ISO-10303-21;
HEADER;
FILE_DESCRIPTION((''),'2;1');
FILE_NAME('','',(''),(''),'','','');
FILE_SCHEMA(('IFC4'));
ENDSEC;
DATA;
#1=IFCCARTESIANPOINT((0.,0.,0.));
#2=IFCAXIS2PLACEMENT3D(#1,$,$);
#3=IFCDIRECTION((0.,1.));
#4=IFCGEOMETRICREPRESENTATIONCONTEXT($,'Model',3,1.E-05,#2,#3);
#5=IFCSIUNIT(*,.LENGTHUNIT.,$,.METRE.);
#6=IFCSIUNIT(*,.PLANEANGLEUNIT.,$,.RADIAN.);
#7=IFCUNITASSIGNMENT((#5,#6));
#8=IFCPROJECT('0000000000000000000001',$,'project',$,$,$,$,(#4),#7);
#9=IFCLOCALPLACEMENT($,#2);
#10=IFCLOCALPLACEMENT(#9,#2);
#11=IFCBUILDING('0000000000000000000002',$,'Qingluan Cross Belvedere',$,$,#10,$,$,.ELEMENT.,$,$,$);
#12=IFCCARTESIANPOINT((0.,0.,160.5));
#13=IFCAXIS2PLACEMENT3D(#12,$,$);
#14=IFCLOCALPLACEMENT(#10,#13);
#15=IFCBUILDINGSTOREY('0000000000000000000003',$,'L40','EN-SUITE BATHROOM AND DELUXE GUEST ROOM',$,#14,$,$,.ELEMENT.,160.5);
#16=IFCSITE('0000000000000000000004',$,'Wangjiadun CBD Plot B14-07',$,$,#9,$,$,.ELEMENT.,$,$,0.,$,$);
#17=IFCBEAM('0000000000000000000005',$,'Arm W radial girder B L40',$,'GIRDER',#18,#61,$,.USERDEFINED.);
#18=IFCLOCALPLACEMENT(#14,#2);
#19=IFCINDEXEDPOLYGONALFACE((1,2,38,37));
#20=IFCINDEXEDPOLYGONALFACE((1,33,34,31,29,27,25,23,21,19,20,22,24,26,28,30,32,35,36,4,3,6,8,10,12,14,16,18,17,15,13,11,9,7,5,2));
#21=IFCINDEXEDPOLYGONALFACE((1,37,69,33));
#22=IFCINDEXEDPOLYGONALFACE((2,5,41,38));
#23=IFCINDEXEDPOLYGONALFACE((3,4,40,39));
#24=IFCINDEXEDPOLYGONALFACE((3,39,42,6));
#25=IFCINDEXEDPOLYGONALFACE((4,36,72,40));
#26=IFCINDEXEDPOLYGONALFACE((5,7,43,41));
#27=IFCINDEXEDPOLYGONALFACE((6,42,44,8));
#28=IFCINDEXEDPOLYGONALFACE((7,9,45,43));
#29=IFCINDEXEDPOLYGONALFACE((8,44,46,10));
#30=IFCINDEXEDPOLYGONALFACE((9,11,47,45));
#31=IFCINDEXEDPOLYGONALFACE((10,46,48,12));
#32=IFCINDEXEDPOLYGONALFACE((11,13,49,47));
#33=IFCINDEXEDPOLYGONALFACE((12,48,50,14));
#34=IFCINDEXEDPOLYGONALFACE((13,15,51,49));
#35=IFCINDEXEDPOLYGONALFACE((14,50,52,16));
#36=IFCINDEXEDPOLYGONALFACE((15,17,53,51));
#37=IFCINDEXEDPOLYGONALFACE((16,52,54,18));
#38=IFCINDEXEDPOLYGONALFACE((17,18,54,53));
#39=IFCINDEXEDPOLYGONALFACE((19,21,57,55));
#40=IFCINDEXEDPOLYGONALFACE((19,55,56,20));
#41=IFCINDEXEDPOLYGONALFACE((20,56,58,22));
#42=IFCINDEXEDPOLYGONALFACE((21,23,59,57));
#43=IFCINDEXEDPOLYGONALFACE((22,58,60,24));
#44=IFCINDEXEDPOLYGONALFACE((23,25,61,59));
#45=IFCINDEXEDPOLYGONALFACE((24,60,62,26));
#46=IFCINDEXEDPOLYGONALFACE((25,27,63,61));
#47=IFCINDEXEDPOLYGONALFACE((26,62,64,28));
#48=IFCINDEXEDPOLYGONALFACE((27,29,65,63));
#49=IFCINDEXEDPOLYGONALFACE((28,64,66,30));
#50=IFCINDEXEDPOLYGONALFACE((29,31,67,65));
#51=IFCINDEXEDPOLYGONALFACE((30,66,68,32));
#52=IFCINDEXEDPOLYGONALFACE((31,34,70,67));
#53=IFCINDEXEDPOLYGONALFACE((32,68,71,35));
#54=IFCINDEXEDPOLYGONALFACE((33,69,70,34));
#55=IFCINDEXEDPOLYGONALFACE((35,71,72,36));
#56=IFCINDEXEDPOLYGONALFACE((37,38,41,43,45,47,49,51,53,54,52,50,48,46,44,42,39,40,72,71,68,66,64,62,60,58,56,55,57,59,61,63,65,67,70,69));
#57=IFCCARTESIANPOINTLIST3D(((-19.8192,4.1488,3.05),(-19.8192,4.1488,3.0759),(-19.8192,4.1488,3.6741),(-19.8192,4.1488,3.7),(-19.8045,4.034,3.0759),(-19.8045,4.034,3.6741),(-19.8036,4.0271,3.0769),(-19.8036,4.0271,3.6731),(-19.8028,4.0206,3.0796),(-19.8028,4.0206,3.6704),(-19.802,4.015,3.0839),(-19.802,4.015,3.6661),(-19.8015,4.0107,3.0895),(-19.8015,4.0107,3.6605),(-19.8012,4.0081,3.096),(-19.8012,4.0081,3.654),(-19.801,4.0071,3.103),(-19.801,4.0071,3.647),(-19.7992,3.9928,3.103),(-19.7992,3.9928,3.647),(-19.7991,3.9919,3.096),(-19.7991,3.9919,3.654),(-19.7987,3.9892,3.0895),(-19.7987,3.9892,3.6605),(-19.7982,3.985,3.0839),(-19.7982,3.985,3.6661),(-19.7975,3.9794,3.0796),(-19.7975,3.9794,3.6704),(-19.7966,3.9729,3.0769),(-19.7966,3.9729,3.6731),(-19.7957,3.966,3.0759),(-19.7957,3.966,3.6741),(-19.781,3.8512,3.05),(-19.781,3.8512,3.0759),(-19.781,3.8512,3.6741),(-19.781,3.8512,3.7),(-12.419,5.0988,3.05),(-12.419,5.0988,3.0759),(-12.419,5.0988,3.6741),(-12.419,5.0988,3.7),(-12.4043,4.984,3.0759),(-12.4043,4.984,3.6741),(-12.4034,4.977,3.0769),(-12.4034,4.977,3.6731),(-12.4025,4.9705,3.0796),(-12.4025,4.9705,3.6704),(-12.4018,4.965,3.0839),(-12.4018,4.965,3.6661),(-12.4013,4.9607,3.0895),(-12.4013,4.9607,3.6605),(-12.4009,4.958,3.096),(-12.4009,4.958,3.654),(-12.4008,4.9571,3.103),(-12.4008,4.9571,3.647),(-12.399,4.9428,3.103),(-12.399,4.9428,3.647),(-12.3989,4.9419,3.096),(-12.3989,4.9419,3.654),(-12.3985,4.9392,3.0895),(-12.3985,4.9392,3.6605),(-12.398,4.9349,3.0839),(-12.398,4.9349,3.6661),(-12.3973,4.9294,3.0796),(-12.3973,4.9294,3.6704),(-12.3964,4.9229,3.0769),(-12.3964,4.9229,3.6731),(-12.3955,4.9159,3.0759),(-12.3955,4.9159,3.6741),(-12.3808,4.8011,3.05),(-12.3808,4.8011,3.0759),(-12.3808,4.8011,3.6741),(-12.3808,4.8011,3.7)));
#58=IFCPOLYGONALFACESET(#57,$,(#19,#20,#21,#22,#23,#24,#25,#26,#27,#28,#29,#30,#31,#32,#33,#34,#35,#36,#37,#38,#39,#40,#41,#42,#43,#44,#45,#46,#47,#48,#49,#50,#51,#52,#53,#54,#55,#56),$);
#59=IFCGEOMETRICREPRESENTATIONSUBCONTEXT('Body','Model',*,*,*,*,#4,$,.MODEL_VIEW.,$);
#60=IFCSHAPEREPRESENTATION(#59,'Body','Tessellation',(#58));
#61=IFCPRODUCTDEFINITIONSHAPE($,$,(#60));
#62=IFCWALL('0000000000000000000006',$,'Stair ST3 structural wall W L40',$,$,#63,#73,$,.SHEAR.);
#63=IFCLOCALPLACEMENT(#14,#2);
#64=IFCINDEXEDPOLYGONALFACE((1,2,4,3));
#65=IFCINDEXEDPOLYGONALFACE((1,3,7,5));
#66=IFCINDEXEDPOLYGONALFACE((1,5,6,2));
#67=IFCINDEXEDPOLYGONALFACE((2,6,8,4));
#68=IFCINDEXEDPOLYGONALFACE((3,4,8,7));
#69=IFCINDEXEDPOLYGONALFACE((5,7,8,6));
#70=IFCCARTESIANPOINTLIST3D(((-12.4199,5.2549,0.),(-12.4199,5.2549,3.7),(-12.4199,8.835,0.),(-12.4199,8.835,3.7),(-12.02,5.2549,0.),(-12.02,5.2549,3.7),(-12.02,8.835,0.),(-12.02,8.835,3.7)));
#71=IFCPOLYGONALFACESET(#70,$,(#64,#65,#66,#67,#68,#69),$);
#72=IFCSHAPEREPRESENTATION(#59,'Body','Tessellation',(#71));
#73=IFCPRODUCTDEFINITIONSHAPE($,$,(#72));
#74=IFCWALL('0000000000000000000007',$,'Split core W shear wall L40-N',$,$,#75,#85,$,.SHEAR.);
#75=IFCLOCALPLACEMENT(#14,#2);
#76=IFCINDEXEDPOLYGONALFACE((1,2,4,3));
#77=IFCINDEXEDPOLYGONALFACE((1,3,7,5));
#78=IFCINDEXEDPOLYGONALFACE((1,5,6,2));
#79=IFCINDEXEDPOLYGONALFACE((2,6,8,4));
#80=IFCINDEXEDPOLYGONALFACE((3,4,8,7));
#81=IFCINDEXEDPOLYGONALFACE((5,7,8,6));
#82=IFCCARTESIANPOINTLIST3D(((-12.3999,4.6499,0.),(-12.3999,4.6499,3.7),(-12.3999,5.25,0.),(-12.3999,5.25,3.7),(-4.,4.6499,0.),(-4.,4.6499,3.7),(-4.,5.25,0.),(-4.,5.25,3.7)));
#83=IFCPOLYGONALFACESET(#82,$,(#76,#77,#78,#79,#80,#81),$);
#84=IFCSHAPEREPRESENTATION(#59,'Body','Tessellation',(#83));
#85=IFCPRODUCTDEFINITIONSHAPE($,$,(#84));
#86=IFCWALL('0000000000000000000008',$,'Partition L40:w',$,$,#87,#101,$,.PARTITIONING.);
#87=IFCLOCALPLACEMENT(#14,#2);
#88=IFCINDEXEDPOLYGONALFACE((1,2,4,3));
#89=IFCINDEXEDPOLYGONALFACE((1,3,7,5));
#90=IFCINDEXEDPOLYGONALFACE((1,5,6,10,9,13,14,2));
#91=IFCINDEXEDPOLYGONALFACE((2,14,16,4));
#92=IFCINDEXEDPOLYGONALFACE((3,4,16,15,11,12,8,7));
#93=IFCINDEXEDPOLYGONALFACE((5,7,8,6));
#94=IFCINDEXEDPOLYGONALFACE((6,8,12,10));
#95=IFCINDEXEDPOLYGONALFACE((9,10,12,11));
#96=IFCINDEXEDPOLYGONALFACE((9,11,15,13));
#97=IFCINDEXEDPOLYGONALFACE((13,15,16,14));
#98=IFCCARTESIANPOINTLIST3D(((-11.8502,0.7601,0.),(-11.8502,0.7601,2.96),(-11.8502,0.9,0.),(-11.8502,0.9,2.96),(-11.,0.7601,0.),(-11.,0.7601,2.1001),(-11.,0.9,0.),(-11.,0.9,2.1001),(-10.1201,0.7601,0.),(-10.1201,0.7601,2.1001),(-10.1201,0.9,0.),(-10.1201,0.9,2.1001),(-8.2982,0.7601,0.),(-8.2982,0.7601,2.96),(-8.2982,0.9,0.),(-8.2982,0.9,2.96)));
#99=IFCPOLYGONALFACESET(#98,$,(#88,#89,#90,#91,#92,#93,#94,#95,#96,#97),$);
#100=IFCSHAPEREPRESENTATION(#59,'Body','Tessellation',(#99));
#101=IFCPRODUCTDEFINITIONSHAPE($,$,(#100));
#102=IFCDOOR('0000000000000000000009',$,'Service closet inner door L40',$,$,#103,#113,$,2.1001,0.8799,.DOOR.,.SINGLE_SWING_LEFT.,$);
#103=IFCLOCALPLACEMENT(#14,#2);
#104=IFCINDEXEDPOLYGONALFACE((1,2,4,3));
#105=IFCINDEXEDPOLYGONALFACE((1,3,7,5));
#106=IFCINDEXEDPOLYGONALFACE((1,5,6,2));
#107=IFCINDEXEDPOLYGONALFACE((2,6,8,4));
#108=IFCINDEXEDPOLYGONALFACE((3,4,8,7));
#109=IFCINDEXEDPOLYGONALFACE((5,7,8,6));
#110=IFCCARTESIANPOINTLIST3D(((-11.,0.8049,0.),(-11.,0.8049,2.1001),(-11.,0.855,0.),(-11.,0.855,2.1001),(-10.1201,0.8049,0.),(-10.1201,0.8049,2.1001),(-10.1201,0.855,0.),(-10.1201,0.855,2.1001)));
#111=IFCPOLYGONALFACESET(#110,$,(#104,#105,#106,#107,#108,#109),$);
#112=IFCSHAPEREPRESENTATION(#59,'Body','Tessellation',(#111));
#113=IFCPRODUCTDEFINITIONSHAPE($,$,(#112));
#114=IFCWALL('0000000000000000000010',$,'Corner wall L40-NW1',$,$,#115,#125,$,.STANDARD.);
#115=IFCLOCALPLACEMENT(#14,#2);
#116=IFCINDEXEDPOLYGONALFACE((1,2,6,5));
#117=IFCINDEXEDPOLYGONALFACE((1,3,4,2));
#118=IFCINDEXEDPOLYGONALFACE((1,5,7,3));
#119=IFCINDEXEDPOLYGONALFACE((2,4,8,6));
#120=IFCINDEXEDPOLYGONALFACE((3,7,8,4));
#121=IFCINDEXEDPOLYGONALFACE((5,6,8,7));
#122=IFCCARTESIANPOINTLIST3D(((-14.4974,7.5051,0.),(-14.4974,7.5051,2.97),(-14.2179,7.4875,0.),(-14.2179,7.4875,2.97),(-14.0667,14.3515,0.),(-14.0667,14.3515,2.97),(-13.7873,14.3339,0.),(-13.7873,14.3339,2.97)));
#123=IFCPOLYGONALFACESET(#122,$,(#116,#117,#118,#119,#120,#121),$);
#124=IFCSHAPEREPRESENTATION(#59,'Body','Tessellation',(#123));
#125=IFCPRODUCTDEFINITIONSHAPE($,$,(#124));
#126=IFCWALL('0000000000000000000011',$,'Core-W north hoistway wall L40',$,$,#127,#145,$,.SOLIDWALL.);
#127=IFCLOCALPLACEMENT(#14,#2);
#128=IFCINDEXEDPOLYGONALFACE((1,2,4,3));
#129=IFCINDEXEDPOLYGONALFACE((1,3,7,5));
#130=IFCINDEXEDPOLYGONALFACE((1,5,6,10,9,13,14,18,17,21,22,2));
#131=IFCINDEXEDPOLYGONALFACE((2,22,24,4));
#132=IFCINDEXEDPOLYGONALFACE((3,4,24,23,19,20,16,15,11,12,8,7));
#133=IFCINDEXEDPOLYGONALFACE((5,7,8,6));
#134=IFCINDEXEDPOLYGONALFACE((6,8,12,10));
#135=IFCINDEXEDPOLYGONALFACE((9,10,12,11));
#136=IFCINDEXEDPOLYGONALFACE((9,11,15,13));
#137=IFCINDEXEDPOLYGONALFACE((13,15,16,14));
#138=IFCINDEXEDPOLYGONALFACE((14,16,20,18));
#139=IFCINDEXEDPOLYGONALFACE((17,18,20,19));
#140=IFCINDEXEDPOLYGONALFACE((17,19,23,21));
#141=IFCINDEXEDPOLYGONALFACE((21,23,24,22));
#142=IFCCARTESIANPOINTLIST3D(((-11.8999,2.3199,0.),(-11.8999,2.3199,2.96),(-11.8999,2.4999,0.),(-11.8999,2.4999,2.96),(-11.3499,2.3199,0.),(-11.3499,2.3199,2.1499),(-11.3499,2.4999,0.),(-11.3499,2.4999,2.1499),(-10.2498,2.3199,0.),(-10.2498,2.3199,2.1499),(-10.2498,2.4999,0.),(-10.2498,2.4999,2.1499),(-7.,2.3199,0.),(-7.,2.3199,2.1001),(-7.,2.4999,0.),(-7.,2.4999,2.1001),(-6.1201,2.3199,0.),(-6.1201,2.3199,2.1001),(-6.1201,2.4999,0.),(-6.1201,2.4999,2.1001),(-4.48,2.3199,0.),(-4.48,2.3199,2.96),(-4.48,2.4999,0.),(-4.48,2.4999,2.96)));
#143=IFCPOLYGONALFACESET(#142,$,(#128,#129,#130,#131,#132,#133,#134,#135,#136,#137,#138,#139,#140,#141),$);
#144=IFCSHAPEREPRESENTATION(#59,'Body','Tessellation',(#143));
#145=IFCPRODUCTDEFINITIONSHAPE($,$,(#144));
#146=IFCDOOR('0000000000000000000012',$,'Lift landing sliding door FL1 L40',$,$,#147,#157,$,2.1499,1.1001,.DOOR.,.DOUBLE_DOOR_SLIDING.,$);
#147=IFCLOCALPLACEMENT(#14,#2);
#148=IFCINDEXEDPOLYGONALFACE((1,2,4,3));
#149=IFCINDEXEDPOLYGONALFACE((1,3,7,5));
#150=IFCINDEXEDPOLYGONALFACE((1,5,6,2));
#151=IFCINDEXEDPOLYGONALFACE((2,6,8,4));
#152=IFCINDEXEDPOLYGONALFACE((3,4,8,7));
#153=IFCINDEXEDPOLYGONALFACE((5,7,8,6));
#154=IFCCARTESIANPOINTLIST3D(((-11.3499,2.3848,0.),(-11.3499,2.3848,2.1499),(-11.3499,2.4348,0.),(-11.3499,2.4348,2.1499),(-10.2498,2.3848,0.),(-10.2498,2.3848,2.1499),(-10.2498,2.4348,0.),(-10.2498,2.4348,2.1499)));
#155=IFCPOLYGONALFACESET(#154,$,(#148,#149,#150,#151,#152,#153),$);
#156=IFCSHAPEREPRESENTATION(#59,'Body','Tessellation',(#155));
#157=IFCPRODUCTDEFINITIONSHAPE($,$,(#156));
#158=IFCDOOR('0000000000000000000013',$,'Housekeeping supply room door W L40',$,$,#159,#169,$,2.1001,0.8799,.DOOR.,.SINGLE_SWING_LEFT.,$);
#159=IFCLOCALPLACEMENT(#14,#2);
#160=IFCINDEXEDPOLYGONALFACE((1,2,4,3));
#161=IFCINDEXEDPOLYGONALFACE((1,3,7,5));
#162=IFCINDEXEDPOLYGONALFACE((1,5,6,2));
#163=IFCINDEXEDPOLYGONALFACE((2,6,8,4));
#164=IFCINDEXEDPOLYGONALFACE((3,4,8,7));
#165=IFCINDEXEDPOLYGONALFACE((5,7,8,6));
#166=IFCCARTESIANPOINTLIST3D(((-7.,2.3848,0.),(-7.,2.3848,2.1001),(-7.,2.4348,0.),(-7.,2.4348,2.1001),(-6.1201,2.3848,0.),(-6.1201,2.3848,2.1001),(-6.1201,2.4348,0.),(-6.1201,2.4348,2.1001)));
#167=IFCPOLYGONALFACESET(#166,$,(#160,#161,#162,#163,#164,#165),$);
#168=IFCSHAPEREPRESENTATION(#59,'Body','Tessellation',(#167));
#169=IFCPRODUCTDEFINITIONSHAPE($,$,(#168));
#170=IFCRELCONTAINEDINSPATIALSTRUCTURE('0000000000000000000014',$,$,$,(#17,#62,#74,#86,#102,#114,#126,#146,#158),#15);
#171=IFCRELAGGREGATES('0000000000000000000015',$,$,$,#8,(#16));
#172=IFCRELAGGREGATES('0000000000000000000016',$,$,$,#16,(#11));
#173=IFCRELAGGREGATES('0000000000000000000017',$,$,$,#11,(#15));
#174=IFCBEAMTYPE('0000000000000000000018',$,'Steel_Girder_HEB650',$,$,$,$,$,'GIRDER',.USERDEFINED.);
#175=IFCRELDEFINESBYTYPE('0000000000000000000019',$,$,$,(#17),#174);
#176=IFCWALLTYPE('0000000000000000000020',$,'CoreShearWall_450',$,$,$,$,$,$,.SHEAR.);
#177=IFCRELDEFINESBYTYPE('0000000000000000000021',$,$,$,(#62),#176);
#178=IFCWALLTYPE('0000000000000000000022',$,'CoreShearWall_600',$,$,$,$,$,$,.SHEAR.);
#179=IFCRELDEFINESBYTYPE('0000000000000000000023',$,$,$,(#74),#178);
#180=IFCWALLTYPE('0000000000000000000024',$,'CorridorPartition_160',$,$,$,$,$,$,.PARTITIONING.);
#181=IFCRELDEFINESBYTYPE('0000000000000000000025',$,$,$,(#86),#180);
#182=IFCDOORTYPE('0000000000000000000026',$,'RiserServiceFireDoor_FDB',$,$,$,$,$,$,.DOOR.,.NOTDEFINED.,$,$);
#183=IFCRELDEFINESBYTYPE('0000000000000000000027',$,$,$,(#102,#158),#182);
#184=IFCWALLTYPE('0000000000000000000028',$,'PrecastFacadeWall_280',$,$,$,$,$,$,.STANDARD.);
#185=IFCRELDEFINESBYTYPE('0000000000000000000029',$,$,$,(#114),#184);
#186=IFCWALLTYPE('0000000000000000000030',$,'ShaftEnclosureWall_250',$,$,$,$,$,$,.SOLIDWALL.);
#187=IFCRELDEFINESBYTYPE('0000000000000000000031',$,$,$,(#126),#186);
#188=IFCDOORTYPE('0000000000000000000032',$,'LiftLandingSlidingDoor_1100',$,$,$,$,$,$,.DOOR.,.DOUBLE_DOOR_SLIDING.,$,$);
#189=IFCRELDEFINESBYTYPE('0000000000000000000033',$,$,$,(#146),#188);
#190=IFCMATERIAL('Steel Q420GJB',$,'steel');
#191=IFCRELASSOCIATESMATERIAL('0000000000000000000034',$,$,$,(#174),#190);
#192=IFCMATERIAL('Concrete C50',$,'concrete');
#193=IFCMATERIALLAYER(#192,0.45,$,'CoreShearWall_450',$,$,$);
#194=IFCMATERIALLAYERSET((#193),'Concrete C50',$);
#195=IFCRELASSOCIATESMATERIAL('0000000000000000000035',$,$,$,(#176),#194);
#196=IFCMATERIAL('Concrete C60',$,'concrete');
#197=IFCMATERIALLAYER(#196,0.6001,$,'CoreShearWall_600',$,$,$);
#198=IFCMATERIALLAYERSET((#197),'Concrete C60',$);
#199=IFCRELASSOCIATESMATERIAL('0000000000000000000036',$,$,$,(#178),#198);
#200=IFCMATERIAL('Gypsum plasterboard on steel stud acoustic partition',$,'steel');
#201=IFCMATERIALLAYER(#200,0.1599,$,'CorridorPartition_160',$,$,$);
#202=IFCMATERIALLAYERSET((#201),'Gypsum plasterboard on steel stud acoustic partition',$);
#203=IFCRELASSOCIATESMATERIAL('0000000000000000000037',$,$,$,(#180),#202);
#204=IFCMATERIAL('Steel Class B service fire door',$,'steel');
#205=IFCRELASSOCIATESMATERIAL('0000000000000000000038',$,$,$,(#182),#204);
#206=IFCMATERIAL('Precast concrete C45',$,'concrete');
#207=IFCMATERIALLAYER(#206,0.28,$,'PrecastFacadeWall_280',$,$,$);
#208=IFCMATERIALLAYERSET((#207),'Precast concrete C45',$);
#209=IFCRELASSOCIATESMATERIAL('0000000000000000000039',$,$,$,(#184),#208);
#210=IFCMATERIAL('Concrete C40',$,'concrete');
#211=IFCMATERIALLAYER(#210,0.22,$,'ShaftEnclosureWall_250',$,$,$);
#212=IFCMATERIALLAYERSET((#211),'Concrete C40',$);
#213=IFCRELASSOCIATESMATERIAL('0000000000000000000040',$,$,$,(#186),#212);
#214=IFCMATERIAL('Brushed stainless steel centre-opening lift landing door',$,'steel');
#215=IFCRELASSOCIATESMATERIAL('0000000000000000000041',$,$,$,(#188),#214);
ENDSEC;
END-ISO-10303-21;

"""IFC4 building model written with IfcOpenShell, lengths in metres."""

from ifc_helpers import new_model, si_unit, direction, frame, frame_2d, origin, origin_2d, place, context, subcontext, project, spatial, rectangle, i_section, extrude, material, layer, layer_set, material_profile, profile_set, type_object, element, fill, save


model = new_model("IFC4")

# Units and contexts
model_context = context("Model", 3, precision=1e-05, world=origin(), true_north=direction((0.0, 1.0)))
body_context = subcontext(model_context, "Body", "Model", "MODEL_VIEW")
ifc_project = project(units=[si_unit("LENGTHUNIT", "METRE"), si_unit("PLANEANGLEUNIT", "RADIAN")], contexts=[model_context])

# Site, building, storey
site_placement = place(None, origin())
site = spatial("IfcSite", under=ifc_project, at=site_placement, Name="Wangjiadun CBD Plot B14-07", CompositionType="ELEMENT", RefElevation=0.0)
building_placement = place(site_placement, origin())
building = spatial("IfcBuilding", under=site, at=building_placement, Name="Qingluan Cross Belvedere", CompositionType="ELEMENT")
storey_placement = place(building_placement, frame((0.0, 0.0, 160.5)))
storey = spatial("IfcBuildingStorey", under=building, at=storey_placement, Name="L40", Description="EN-SUITE BATHROOM AND DELUXE GUEST ROOM", CompositionType="ELEMENT", Elevation=160.5)

# Beam
ifc_material_1 = material(Name="Steel Q420GJB", Category="steel")
ifc_material_profile_1 = material_profile(ifc_material_1, i_section(OverallWidth=0.3, OverallDepth=0.6499, WebThickness=0.0144, FlangeThickness=0.0259, FilletRadius=0.0271, at=origin_2d()), Name="HEB650")
ifc_profile_set_1 = profile_set([ifc_material_profile_1], Name="Steel Q420GJB")
beam_type_1 = type_object("IfcBeamType", Name="Steel_Girder_HEB650", ElementType="GIRDER", PredefinedType="USERDEFINED", material=ifc_profile_set_1)
beam_1_placement = place(storey_placement, frame((-12.3999, 4.95, 3.375), z_axis=(-0.991861, -0.127324, 0.0), x_axis=(0.127324, -0.991861, 0.0)))
element("IfcBeam", 1, at=beam_1_placement, inside=storey, type_object=beam_type_1, Name="Arm W radial girder B L40", ObjectType="GIRDER", PredefinedType="USERDEFINED", context=body_context, shape_type="SweptSolid", body=[
    extrude(i_section(OverallWidth=0.3, OverallDepth=0.6499, WebThickness=0.0144, FlangeThickness=0.0259, FilletRadius=0.0271, at=origin_2d()), origin(), (0.0, 0.0, 1.0), 7.4609),
])

# Wall
ifc_material_2 = material(Name="Concrete C50", Category="concrete")
ifc_layer_1 = layer(ifc_material_2, 0.45, Name="CoreShearWall_450")
ifc_layer_set_1 = layer_set([ifc_layer_1], Name="Concrete C50")
wall_type_1 = type_object("IfcWallType", Name="CoreShearWall_450", PredefinedType="SHEAR", material=ifc_layer_set_1)
wall_1_placement = place(storey_placement, frame((-12.22, 5.2549, 0.0), z_axis=(0.0, 0.0, 1.0), x_axis=(0.0, 1.0, 0.0)))
element("IfcWall", 2, at=wall_1_placement, inside=storey, type_object=wall_type_1, Name="Stair ST3 structural wall W L40", PredefinedType="SHEAR", context=body_context, shape_type="SweptSolid", body=[
    extrude(rectangle(XDim=3.5801, YDim=0.3999, at=frame_2d((1.79, 0.0))), origin(), (0.0, 0.0, 1.0), 3.7),
])

# Wall
ifc_material_3 = material(Name="Concrete C60", Category="concrete")
ifc_layer_2 = layer(ifc_material_3, 0.6001, Name="CoreShearWall_600")
ifc_layer_set_2 = layer_set([ifc_layer_2], Name="Concrete C60")
wall_type_2 = type_object("IfcWallType", Name="CoreShearWall_600", PredefinedType="SHEAR", material=ifc_layer_set_2)
wall_2_placement = place(storey_placement, frame((-12.3999, 4.95, 0.0), z_axis=(0.0, 0.0, 1.0), x_axis=(1.0, 0.0, 0.0)))
element("IfcWall", 3, at=wall_2_placement, inside=storey, type_object=wall_type_2, Name="Split core W shear wall L40-N", PredefinedType="SHEAR", context=body_context, shape_type="SweptSolid", body=[
    extrude(rectangle(XDim=8.3999, YDim=0.6001, at=frame_2d((4.2, 0.0))), origin(), (0.0, 0.0, 1.0), 3.7),
])

# Wall, opening, door
ifc_material_4 = material(Name="Gypsum plasterboard on steel stud acoustic partition", Category="steel")
ifc_layer_3 = layer(ifc_material_4, 0.1599, Name="CorridorPartition_160")
ifc_layer_set_3 = layer_set([ifc_layer_3], Name="Gypsum plasterboard on steel stud acoustic partition")
wall_type_3 = type_object("IfcWallType", Name="CorridorPartition_160", PredefinedType="PARTITIONING", material=ifc_layer_set_3)
wall_3_placement = place(storey_placement, frame((-11.8501, 0.8301, 0.0), z_axis=(0.0, 0.0, 1.0), x_axis=(1.0, 0.0, 0.0)))
wall_3 = element("IfcWall", 4, at=wall_3_placement, inside=storey, type_object=wall_type_3, Name="Partition L40:w", PredefinedType="PARTITIONING", context=body_context, shape_type="SweptSolid", body=[
    extrude(rectangle(XDim=3.552, YDim=0.1399, at=frame_2d((1.7759, 0.0))), origin(), (0.0, 0.0, 1.0), 2.96),
])
opening_1_placement = place(wall_3_placement, frame((0.8501, 0.0, 0.0)))
opening_1 = element("IfcOpeningElement", 5, at=opening_1_placement, cuts=wall_3, PredefinedType="OPENING", context=body_context, shape_type="SweptSolid", body=[
    extrude(rectangle(XDim=0.8799, YDim=2.1001, at=frame_2d((0.4399, 1.05))), frame((0.0, 0.0798, 0.0), z_axis=(0.0, -1.0, 0.0), x_axis=(1.0, 0.0, 0.0)), (0.0, 0.0, 1.0), 0.1599),
])
ifc_material_5 = material(Name="Steel Class B service fire door", Category="steel")
door_type_1 = type_object("IfcDoorType", Name="RiserServiceFireDoor_FDB", OperationType="NOTDEFINED", PredefinedType="DOOR", material=ifc_material_5)
door_1_placement = place(opening_1_placement, origin())
door_1 = element("IfcDoor", 6, at=door_1_placement, inside=storey, type_object=door_type_1, Name="Service closet inner door L40", OperationType="SINGLE_SWING_LEFT", OverallHeight=2.1001, OverallWidth=0.8799, PredefinedType="DOOR", context=body_context, shape_type="SweptSolid", body=[
    extrude(rectangle(XDim=0.8799, YDim=2.1001, at=frame_2d((0.4399, 1.05))), frame((0.0, 0.0249, 0.0), z_axis=(0.0, -1.0, 0.0), x_axis=(1.0, 0.0, 0.0)), (0.0, 0.0, 1.0), 0.05),
])
fill(opening_1, door_1)

# Wall
ifc_material_6 = material(Name="Precast concrete C45", Category="concrete")
ifc_layer_4 = layer(ifc_material_6, 0.28, Name="PrecastFacadeWall_280")
ifc_layer_set_4 = layer_set([ifc_layer_4], Name="Precast concrete C45")
wall_type_4 = type_object("IfcWallType", Name="PrecastFacadeWall_280", PredefinedType="STANDARD", material=ifc_layer_set_4)
wall_4_placement = place(storey_placement, frame((-14.3577, 7.4963, 0.0), z_axis=(0.0, 0.0, 1.0), x_axis=(0.062779, 0.998027, 0.0)))
element("IfcWall", 7, at=wall_4_placement, inside=storey, type_object=wall_type_4, Name="Corner wall L40-NW1", PredefinedType="STANDARD", context=body_context, shape_type="SweptSolid", body=[
    extrude(rectangle(XDim=6.8599, YDim=0.28, at=frame_2d((3.4299, 0.0))), origin(), (0.0, 0.0, 1.0), 2.97),
])

# Wall, openings, doors
ifc_material_7 = material(Name="Concrete C40", Category="concrete")
ifc_layer_5 = layer(ifc_material_7, 0.22, Name="ShaftEnclosureWall_250")
ifc_layer_set_5 = layer_set([ifc_layer_5], Name="Concrete C40")
wall_type_5 = type_object("IfcWallType", Name="ShaftEnclosureWall_250", PredefinedType="SOLIDWALL", material=ifc_layer_set_5)
wall_5_placement = place(storey_placement, frame((-11.8999, 2.4099, 0.0), z_axis=(0.0, 0.0, 1.0), x_axis=(1.0, 0.0, 0.0)))
wall_5 = element("IfcWall", 8, at=wall_5_placement, inside=storey, type_object=wall_type_5, Name="Core-W north hoistway wall L40", PredefinedType="SOLIDWALL", context=body_context, shape_type="SweptSolid", body=[
    extrude(rectangle(XDim=7.4199, YDim=0.1799, at=frame_2d((3.71, 0.0))), origin(), (0.0, 0.0, 1.0), 2.96),
])
opening_2_placement = place(wall_5_placement, frame((0.55, 0.0, 0.0)))
opening_2 = element("IfcOpeningElement", 9, at=opening_2_placement, cuts=wall_5, PredefinedType="OPENING", context=body_context, shape_type="SweptSolid", body=[
    extrude(rectangle(XDim=1.1001, YDim=2.1499, at=frame_2d((0.55, 1.075))), frame((0.0, 0.0999, 0.0), z_axis=(0.0, -1.0, 0.0), x_axis=(1.0, 0.0, 0.0)), (0.0, 0.0, 1.0), 0.2),
])
opening_3_placement = place(wall_5_placement, frame((4.8999, 0.0, 0.0)))
opening_3 = element("IfcOpeningElement", 10, at=opening_3_placement, cuts=wall_5, PredefinedType="OPENING", context=body_context, shape_type="SweptSolid", body=[
    extrude(rectangle(XDim=0.8799, YDim=2.1001, at=frame_2d((0.4399, 1.05))), frame((0.0, 0.0999, 0.0), z_axis=(0.0, -1.0, 0.0), x_axis=(1.0, 0.0, 0.0)), (0.0, 0.0, 1.0), 0.2),
])
ifc_material_8 = material(Name="Brushed stainless steel centre-opening lift landing door", Category="steel")
door_type_2 = type_object("IfcDoorType", Name="LiftLandingSlidingDoor_1100", OperationType="DOUBLE_DOOR_SLIDING", PredefinedType="DOOR", material=ifc_material_8)
door_2_placement = place(opening_2_placement, origin())
door_2 = element("IfcDoor", 11, at=door_2_placement, inside=storey, type_object=door_type_2, Name="Lift landing sliding door FL1 L40", OperationType="DOUBLE_DOOR_SLIDING", OverallHeight=2.1499, OverallWidth=1.1001, PredefinedType="DOOR", context=body_context, shape_type="SweptSolid", body=[
    extrude(rectangle(XDim=1.1001, YDim=2.1499, at=frame_2d((0.55, 1.075))), frame((0.0, 0.0249, 0.0), z_axis=(0.0, -1.0, 0.0), x_axis=(1.0, 0.0, 0.0)), (0.0, 0.0, 1.0), 0.05),
])
fill(opening_2, door_2)
door_3_placement = place(opening_3_placement, origin())
door_3 = element("IfcDoor", 12, at=door_3_placement, inside=storey, type_object=door_type_1, Name="Housekeeping supply room door W L40", OperationType="SINGLE_SWING_LEFT", OverallHeight=2.1001, OverallWidth=0.8799, PredefinedType="DOOR", context=body_context, shape_type="SweptSolid", body=[
    extrude(rectangle(XDim=0.8799, YDim=2.1001, at=frame_2d((0.4399, 1.05))), frame((0.0, 0.0249, 0.0), z_axis=(0.0, -1.0, 0.0), x_axis=(1.0, 0.0, 0.0)), (0.0, 0.0, 1.0), 0.05),
])
fill(opening_3, door_3)

save(model, "model.ifc")
